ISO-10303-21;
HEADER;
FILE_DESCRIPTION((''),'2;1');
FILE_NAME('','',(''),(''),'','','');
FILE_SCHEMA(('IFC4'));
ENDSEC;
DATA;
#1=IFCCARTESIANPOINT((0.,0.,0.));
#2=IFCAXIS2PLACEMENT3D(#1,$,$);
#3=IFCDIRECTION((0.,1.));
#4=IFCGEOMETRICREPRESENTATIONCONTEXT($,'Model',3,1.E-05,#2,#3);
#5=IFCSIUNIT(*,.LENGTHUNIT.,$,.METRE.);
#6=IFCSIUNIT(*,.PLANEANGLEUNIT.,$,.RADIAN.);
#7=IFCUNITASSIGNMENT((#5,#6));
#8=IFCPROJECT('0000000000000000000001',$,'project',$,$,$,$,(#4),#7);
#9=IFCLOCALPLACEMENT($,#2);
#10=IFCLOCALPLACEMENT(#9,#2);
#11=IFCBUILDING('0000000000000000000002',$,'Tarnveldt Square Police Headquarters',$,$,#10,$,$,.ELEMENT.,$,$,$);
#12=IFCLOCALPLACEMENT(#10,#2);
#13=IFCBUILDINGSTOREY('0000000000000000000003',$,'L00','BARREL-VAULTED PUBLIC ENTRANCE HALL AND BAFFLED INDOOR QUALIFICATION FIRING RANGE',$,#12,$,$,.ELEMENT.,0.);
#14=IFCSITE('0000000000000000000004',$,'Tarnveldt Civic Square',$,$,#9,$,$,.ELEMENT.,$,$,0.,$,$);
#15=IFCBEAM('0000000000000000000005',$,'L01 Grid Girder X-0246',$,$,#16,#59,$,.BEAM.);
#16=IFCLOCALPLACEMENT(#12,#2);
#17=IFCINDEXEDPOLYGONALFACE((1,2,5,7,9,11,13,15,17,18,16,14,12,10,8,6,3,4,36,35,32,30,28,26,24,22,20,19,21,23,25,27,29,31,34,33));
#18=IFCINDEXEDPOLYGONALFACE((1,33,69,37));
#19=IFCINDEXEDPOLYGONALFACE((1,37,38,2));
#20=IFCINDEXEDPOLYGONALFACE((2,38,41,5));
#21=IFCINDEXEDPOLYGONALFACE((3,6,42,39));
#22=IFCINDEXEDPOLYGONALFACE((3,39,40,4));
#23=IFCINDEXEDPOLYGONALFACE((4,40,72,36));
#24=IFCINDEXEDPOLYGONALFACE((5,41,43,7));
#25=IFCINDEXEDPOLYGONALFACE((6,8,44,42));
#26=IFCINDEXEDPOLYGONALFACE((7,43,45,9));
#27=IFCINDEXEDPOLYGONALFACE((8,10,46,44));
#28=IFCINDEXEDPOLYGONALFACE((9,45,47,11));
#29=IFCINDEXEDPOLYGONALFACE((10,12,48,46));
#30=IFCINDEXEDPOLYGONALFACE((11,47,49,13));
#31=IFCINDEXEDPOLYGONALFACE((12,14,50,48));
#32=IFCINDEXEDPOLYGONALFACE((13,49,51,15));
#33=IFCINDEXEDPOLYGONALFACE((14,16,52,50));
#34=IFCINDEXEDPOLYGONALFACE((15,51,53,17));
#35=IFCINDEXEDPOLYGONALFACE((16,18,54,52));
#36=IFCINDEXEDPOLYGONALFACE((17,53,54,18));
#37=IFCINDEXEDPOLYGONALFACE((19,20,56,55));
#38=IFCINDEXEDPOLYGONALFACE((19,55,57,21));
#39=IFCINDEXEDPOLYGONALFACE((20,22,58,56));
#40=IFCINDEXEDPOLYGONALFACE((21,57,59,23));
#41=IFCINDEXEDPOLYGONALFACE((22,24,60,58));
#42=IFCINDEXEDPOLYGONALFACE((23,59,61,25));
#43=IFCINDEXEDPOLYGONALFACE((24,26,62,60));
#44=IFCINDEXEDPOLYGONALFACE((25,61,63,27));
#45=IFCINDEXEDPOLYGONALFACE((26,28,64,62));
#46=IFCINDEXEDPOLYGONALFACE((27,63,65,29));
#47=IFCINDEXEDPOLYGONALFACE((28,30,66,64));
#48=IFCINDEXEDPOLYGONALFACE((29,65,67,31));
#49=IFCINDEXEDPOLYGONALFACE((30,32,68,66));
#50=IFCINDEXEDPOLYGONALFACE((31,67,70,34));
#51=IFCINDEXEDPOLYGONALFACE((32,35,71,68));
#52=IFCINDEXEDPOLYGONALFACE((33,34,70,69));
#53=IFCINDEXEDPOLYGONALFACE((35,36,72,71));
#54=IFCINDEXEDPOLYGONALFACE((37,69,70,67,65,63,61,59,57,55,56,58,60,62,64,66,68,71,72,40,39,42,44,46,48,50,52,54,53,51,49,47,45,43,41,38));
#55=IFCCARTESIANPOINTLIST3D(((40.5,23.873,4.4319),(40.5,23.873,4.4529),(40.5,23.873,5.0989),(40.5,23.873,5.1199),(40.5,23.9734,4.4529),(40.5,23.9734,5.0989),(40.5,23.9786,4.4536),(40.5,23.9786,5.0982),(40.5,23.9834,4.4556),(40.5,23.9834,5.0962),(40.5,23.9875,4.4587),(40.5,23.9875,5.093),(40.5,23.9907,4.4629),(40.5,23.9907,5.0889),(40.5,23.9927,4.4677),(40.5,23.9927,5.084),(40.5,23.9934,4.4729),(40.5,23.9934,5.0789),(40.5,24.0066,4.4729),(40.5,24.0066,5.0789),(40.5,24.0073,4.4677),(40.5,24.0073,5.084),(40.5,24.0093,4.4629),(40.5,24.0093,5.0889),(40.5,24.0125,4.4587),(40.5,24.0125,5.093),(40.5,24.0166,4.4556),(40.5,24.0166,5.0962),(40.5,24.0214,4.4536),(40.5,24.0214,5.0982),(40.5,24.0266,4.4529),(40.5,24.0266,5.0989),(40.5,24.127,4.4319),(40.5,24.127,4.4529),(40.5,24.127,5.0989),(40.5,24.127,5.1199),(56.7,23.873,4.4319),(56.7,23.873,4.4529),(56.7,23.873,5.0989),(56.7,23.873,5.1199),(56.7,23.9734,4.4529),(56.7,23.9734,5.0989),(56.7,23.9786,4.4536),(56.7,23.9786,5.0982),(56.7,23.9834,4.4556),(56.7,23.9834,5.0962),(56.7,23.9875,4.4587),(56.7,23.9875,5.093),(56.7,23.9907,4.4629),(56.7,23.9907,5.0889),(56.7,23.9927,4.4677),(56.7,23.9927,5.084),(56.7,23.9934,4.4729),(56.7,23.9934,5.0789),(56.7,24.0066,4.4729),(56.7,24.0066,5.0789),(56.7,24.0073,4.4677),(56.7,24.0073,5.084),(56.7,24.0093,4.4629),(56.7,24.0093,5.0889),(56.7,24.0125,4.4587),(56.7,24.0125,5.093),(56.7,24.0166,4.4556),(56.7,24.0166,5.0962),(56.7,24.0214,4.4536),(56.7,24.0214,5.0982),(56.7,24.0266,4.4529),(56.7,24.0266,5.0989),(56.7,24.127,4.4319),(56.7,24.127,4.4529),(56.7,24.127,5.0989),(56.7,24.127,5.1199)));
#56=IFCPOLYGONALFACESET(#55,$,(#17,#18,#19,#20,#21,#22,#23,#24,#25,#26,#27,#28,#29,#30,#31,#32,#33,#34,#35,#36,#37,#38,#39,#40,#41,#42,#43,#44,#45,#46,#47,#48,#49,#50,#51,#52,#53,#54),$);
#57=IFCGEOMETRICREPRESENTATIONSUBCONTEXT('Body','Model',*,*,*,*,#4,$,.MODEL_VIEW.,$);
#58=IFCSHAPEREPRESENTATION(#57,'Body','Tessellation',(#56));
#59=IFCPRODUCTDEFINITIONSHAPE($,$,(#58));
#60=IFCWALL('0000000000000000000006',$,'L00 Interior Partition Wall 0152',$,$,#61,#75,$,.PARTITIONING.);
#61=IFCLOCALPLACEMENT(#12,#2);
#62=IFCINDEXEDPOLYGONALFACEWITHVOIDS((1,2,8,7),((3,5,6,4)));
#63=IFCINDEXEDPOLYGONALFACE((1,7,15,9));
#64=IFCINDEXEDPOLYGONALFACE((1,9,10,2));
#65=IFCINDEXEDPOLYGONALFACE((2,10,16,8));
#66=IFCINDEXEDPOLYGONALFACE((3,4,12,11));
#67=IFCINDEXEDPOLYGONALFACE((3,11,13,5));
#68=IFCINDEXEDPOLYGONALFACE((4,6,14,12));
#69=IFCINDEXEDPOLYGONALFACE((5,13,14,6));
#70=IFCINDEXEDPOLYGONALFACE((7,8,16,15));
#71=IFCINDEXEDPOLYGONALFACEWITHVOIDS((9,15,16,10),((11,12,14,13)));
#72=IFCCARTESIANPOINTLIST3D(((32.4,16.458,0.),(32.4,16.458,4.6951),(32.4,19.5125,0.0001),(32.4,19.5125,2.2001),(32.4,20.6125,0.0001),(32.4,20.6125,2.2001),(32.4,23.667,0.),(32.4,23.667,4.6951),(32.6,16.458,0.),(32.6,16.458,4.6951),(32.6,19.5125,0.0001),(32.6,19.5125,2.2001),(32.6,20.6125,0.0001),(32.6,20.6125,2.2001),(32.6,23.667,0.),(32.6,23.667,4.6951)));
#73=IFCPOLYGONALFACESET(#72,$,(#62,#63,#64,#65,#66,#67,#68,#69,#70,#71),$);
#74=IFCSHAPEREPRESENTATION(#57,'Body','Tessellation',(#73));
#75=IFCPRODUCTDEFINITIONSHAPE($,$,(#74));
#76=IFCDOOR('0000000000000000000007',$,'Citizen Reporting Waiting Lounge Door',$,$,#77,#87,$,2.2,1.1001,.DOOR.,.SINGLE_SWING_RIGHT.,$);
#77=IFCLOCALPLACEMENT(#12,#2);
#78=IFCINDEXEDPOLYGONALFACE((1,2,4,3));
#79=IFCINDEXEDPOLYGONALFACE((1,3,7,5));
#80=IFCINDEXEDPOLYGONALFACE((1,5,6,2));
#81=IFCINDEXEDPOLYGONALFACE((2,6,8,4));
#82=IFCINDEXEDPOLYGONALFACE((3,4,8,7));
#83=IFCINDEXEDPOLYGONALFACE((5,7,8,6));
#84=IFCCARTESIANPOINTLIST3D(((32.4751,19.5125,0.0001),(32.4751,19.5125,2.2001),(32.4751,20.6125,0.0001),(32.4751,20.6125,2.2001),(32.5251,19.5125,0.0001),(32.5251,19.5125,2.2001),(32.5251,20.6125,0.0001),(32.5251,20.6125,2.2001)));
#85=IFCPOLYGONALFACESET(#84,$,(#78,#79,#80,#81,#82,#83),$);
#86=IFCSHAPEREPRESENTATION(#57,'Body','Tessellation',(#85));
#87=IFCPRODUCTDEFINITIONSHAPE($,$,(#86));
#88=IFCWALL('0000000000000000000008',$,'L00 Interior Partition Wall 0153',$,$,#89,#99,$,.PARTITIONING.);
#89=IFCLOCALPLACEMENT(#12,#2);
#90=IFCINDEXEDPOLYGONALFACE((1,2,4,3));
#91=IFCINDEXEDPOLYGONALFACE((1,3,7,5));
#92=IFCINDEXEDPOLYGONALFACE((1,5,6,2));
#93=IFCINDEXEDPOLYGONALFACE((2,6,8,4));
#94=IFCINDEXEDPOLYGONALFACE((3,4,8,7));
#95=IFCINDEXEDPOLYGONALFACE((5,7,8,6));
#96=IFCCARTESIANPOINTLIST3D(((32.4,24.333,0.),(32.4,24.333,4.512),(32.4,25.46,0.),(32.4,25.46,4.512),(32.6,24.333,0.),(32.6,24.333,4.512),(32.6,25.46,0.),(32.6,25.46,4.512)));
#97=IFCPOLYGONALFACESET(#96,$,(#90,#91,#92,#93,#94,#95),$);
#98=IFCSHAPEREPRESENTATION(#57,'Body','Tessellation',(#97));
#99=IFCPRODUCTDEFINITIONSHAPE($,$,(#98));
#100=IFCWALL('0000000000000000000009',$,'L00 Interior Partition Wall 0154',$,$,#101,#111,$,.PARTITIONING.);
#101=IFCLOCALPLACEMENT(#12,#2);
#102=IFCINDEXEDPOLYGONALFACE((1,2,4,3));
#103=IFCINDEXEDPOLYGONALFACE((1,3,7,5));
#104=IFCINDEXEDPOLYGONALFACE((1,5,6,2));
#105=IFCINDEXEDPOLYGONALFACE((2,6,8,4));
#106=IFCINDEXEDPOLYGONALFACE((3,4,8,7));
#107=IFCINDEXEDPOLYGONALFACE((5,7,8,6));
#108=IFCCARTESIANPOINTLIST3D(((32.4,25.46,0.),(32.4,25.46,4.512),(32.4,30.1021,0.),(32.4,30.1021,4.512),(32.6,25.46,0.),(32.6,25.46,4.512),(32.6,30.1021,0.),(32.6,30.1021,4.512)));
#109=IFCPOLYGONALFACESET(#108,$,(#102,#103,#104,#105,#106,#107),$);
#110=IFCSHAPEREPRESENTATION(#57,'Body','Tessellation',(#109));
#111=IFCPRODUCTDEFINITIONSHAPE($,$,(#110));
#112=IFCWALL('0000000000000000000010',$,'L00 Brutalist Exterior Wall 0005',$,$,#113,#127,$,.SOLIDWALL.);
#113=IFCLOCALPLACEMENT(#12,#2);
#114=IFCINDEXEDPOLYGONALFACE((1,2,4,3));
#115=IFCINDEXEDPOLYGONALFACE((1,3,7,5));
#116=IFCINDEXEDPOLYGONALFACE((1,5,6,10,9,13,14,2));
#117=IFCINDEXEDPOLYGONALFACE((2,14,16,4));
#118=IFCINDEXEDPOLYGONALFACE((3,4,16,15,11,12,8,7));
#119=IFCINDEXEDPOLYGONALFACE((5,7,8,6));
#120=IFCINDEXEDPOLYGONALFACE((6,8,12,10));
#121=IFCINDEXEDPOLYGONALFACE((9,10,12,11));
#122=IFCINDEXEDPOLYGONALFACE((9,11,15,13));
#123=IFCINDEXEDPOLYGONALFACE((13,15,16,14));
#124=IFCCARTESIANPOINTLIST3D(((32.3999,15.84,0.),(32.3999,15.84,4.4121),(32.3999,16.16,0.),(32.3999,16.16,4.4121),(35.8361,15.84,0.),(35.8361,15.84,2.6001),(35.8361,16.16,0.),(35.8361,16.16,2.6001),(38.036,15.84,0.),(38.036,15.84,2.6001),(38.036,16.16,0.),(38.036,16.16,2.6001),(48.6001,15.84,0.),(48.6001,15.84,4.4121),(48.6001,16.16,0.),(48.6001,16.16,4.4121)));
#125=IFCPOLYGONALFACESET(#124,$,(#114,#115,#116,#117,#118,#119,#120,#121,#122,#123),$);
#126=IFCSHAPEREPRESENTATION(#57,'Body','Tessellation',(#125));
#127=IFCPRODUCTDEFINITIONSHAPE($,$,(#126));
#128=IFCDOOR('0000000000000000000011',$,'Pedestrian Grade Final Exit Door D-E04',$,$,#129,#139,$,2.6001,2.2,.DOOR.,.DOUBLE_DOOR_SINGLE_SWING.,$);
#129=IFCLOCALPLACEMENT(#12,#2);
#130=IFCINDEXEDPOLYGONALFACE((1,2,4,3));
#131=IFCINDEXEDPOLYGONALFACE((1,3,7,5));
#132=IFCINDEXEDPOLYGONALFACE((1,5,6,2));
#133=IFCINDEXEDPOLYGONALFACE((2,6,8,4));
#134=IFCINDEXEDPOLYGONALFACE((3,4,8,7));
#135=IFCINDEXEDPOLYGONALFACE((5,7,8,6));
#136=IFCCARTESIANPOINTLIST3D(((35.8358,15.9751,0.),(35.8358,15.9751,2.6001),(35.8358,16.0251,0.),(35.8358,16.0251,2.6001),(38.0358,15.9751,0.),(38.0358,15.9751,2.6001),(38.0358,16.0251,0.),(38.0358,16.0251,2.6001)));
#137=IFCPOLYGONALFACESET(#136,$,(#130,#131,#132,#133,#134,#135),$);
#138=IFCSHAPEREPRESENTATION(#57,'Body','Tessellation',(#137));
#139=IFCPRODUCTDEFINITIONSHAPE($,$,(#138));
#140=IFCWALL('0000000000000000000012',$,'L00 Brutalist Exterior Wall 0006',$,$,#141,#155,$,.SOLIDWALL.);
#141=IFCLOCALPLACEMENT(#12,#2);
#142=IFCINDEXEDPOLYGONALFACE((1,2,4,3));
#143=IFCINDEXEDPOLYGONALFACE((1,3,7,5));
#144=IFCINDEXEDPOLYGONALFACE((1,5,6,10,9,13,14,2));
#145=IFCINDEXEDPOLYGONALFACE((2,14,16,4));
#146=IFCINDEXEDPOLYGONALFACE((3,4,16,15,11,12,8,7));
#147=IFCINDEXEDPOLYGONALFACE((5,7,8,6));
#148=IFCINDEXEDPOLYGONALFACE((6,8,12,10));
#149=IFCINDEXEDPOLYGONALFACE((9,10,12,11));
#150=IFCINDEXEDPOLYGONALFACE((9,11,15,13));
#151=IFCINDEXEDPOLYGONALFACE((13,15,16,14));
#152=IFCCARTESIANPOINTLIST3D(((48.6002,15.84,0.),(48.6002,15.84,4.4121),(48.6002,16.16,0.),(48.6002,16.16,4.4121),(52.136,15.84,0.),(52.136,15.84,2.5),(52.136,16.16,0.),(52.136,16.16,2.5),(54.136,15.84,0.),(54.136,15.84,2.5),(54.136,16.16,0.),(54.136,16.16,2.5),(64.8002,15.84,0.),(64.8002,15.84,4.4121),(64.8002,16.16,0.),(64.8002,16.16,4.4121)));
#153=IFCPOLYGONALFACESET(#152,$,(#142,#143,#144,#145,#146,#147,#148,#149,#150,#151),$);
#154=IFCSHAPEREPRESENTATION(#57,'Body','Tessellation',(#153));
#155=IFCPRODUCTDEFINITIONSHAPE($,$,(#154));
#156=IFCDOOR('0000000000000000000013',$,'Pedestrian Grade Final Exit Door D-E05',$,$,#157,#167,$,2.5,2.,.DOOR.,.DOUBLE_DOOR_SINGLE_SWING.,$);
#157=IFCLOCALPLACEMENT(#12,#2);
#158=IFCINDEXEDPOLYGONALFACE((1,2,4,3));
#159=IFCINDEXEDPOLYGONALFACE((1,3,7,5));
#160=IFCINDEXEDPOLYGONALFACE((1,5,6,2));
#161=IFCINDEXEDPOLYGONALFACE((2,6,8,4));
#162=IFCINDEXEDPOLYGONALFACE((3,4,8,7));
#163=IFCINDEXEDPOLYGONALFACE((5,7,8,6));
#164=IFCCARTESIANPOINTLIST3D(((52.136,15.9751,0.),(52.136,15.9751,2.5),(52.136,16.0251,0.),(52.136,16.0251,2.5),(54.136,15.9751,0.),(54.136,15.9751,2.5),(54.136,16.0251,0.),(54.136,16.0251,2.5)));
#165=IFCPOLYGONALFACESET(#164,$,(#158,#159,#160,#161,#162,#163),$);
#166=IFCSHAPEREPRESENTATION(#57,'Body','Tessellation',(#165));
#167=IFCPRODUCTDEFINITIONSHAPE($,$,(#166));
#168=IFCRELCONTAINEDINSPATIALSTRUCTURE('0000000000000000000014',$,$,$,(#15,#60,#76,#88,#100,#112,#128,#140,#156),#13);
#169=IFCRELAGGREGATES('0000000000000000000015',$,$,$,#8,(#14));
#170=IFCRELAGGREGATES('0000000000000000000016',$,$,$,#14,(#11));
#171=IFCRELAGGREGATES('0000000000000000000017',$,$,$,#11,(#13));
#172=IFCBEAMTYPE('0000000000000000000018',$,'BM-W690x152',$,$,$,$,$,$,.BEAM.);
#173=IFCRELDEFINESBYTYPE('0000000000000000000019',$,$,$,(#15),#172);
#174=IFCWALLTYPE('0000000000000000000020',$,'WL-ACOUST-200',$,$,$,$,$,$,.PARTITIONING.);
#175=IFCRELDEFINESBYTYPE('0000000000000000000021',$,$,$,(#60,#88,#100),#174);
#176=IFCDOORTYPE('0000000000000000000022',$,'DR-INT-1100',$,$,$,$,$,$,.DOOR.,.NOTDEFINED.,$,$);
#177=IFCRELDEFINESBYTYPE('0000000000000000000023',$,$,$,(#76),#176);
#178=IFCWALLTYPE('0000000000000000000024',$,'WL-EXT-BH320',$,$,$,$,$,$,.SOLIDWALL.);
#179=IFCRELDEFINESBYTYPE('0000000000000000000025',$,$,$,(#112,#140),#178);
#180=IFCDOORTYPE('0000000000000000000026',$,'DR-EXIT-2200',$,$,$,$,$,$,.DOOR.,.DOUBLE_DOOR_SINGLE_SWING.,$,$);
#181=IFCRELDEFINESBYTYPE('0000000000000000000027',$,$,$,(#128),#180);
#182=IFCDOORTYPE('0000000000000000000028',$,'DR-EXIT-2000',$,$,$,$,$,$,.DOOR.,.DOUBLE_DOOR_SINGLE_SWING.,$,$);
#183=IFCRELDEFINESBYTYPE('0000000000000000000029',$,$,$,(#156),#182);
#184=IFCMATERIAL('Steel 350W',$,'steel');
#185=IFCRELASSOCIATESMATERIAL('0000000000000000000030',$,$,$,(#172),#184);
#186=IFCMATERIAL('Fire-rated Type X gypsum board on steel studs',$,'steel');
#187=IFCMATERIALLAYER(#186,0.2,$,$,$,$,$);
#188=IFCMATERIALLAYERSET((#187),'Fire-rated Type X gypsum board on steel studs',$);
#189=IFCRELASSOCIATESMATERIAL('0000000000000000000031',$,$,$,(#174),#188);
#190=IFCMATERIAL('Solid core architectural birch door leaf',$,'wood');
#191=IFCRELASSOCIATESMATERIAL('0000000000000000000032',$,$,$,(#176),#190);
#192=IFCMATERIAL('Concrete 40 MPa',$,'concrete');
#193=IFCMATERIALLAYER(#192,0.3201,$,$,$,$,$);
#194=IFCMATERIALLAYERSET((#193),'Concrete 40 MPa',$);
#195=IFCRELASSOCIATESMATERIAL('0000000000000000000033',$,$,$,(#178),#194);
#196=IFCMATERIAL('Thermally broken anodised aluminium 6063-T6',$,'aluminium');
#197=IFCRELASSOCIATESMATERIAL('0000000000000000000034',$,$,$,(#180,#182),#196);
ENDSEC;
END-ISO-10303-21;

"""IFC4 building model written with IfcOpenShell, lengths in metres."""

from ifc_helpers import new_model, si_unit, direction, frame, frame_2d, origin, origin_2d, place, context, subcontext, project, spatial, rectangle, i_section, extrude, material, layer, layer_set, material_profile, profile_set, type_object, element, fill, save


model = new_model("IFC4")

# Units and contexts
model_context = context("Model", 3, precision=1e-05, world=origin(), true_north=direction((0.0, 1.0)))
body_context = subcontext(model_context, "Body", "Model", "MODEL_VIEW")
ifc_project = project(units=[si_unit("LENGTHUNIT", "METRE"), si_unit("PLANEANGLEUNIT", "RADIAN")], contexts=[model_context])

# Site, building, storey
site_placement = place(None, origin())
site = spatial("IfcSite", under=ifc_project, at=site_placement, Name="Tarnveldt Civic Square", CompositionType="ELEMENT", RefElevation=0.0)
building_placement = place(site_placement, origin())
building = spatial("IfcBuilding", under=site, at=building_placement, Name="Tarnveldt Square Police Headquarters", CompositionType="ELEMENT")
storey_placement = place(building_placement, origin())
storey = spatial("IfcBuildingStorey", under=building, at=storey_placement, Name="L00", Description="BARREL-VAULTED PUBLIC ENTRANCE HALL AND BAFFLED INDOOR QUALIFICATION FIRING RANGE", CompositionType="ELEMENT", Elevation=0.0)

# Shared definitions
ifc_material_1 = material(Name="Concrete 40 MPa", Category="concrete")

# Beam
ifc_material_2 = material(Name="Steel 350W", Category="steel")
ifc_material_profile_1 = material_profile(ifc_material_2, i_section(OverallWidth=0.2539, OverallDepth=0.688, WebThickness=0.0132, FlangeThickness=0.021, FilletRadius=0.02, at=origin_2d()), Name="W690x152")
ifc_profile_set_1 = profile_set([ifc_material_profile_1], Name="Steel 350W")
beam_type_1 = type_object("IfcBeamType", Name="BM-W690x152", PredefinedType="BEAM", material=ifc_profile_set_1)
beam_1_placement = place(storey_placement, frame((40.5, 24.0, 4.7759), z_axis=(1.0, 0.0, 0.0), x_axis=(0.0, 1.0, 0.0)))
element("IfcBeam", 1, at=beam_1_placement, inside=storey, type_object=beam_type_1, Name="L01 Grid Girder X-0246", PredefinedType="BEAM", context=body_context, shape_type="SweptSolid", body=[
    extrude(i_section(OverallWidth=0.2539, OverallDepth=0.688, WebThickness=0.0132, FlangeThickness=0.021, FilletRadius=0.02, at=origin_2d()), origin(), (0.0, 0.0, 1.0), 16.2),
])

# Wall, opening, door
ifc_material_3 = material(Name="Fire-rated Type X gypsum board on steel studs", Category="steel")
ifc_layer_1 = layer(ifc_material_3, 0.2)
ifc_layer_set_1 = layer_set([ifc_layer_1], Name="Fire-rated Type X gypsum board on steel studs")
wall_type_1 = type_object("IfcWallType", Name="WL-ACOUST-200", PredefinedType="PARTITIONING", material=ifc_layer_set_1)
wall_1_placement = place(storey_placement, frame((32.5, 16.458, 0.0), z_axis=(0.0, 0.0, 1.0), x_axis=(0.0, 1.0, 0.0)))
wall_1 = element("IfcWall", 2, at=wall_1_placement, inside=storey, type_object=wall_type_1, Name="L00 Interior Partition Wall 0152", PredefinedType="PARTITIONING", context=body_context, shape_type="SweptSolid", body=[
    extrude(rectangle(XDim=7.209, YDim=0.2, at=frame_2d((3.6045, 0.0))), origin(), (0.0, 0.0, 1.0), 4.6951),
])
opening_1_placement = place(wall_1_placement, frame((3.0544, 0.0, 0.0)))
opening_1 = element("IfcOpeningElement", 3, at=opening_1_placement, cuts=wall_1, PredefinedType="OPENING", context=body_context, shape_type="SweptSolid", body=[
    extrude(rectangle(XDim=1.1001, YDim=2.2, at=frame_2d((0.55, 1.1001))), frame((0.0, 0.1099, 0.0), z_axis=(0.0, -1.0, 0.0), x_axis=(1.0, 0.0, 0.0)), (0.0, 0.0, 1.0), 0.22),
])
ifc_material_4 = material(Name="Solid core architectural birch door leaf", Category="wood")
door_type_1 = type_object("IfcDoorType", Name="DR-INT-1100", OperationType="NOTDEFINED", PredefinedType="DOOR", material=ifc_material_4)
door_1_placement = place(opening_1_placement, origin())
door_1 = element("IfcDoor", 4, at=door_1_placement, inside=storey, type_object=door_type_1, Name="Citizen Reporting Waiting Lounge Door", OperationType="SINGLE_SWING_RIGHT", OverallHeight=2.2, OverallWidth=1.1001, PredefinedType="DOOR", context=body_context, shape_type="SweptSolid", body=[
    extrude(rectangle(XDim=1.1001, YDim=2.2, at=frame_2d((0.55, 1.1001))), frame((0.0, 0.0249, 0.0), z_axis=(0.0, -1.0, 0.0), x_axis=(1.0, 0.0, 0.0)), (0.0, 0.0, 1.0), 0.05),
])
fill(opening_1, door_1)

# Walls
wall_2_placement = place(storey_placement, frame((32.5, 24.333, 0.0), z_axis=(0.0, 0.0, 1.0), x_axis=(0.0, 1.0, 0.0)))
element("IfcWall", 5, at=wall_2_placement, inside=storey, type_object=wall_type_1, Name="L00 Interior Partition Wall 0153", PredefinedType="PARTITIONING", context=body_context, shape_type="SweptSolid", body=[
    extrude(rectangle(XDim=1.127, YDim=0.2, at=frame_2d((0.5635, 0.0))), origin(), (0.0, 0.0, 1.0), 4.512),
])
wall_3_placement = place(storey_placement, frame((32.5, 25.46, 0.0), z_axis=(0.0, 0.0, 1.0), x_axis=(0.0, 1.0, 0.0)))
element("IfcWall", 6, at=wall_3_placement, inside=storey, type_object=wall_type_1, Name="L00 Interior Partition Wall 0154", PredefinedType="PARTITIONING", context=body_context, shape_type="SweptSolid", body=[
    extrude(rectangle(XDim=4.6421, YDim=0.2, at=frame_2d((2.321, 0.0))), origin(), (0.0, 0.0, 1.0), 4.512),
])

# Walls, openings, doors
ifc_layer_2 = layer(ifc_material_1, 0.3201)
ifc_layer_set_2 = layer_set([ifc_layer_2], Name="Concrete 40 MPa")
wall_type_2 = type_object("IfcWallType", Name="WL-EXT-BH320", PredefinedType="SOLIDWALL", material=ifc_layer_set_2)
wall_4_placement = place(storey_placement, frame((32.3999, 16.0, 0.0), z_axis=(0.0, 0.0, 1.0), x_axis=(1.0, 0.0, 0.0)))
wall_4 = element("IfcWall", 7, at=wall_4_placement, inside=storey, type_object=wall_type_2, Name="L00 Brutalist Exterior Wall 0005", PredefinedType="SOLIDWALL", context=body_context, shape_type="SweptSolid", body=[
    extrude(rectangle(XDim=16.2002, YDim=0.3201, at=frame_2d((8.1001, 0.0))), origin(), (0.0, 0.0, 1.0), 4.4121),
])
opening_2_placement = place(wall_4_placement, frame((3.436, 0.0, 0.0)))
opening_2 = element("IfcOpeningElement", 8, at=opening_2_placement, cuts=wall_4, PredefinedType="OPENING", context=body_context, shape_type="SweptSolid", body=[
    extrude(rectangle(XDim=2.2, YDim=2.6001, at=frame_2d((1.1001, 1.3))), frame((0.0, 0.1699, 0.0), z_axis=(0.0, -1.0, 0.0), x_axis=(1.0, 0.0, 0.0)), (0.0, 0.0, 1.0), 0.3401),
])
ifc_material_5 = material(Name="Thermally broken anodised aluminium 6063-T6", Category="aluminium")
door_type_2 = type_object("IfcDoorType", Name="DR-EXIT-2200", OperationType="DOUBLE_DOOR_SINGLE_SWING", PredefinedType="DOOR", material=ifc_material_5)
door_2_placement = place(opening_2_placement, frame((2.2, 0.0, 0.0), z_axis=(0.0, 0.0, 1.0), x_axis=(-1.0, 0.0, 0.0)))
door_2 = element("IfcDoor", 9, at=door_2_placement, inside=storey, type_object=door_type_2, Name="Pedestrian Grade Final Exit Door D-E04", OperationType="DOUBLE_DOOR_SINGLE_SWING", OverallHeight=2.6001, OverallWidth=2.2, PredefinedType="DOOR", context=body_context, shape_type="SweptSolid", body=[
    extrude(rectangle(XDim=2.2, YDim=2.6001, at=frame_2d((1.1001, 1.3))), frame((0.0, 0.0249, 0.0), z_axis=(0.0, -1.0, 0.0), x_axis=(1.0, 0.0, 0.0)), (0.0, 0.0, 1.0), 0.05),
])
fill(opening_2, door_2)
wall_5_placement = place(storey_placement, frame((48.6001, 16.0, 0.0), z_axis=(0.0, 0.0, 1.0), x_axis=(1.0, 0.0, 0.0)))
wall_5 = element("IfcWall", 10, at=wall_5_placement, inside=storey, type_object=wall_type_2, Name="L00 Brutalist Exterior Wall 0006", PredefinedType="SOLIDWALL", context=body_context, shape_type="SweptSolid", body=[
    extrude(rectangle(XDim=16.2, YDim=0.3201, at=frame_2d((8.1001, 0.0))), origin(), (0.0, 0.0, 1.0), 4.4121),
])
opening_3_placement = place(wall_5_placement, frame((3.5359, 0.0, 0.0)))
opening_3 = element("IfcOpeningElement", 11, at=opening_3_placement, cuts=wall_5, PredefinedType="OPENING", context=body_context, shape_type="SweptSolid", body=[
    extrude(rectangle(XDim=2.0, YDim=2.5, at=frame_2d((1.0, 1.25))), frame((0.0, 0.1699, 0.0), z_axis=(0.0, -1.0, 0.0), x_axis=(1.0, 0.0, 0.0)), (0.0, 0.0, 1.0), 0.3401),
])
door_type_3 = type_object("IfcDoorType", Name="DR-EXIT-2000", OperationType="DOUBLE_DOOR_SINGLE_SWING", PredefinedType="DOOR", material=ifc_material_5)
door_3_placement = place(opening_3_placement, frame((2.0, 0.0, 0.0), z_axis=(0.0, 0.0, 1.0), x_axis=(-1.0, 0.0, 0.0)))
door_3 = element("IfcDoor", 12, at=door_3_placement, inside=storey, type_object=door_type_3, Name="Pedestrian Grade Final Exit Door D-E05", OperationType="DOUBLE_DOOR_SINGLE_SWING", OverallHeight=2.5, OverallWidth=2.0, PredefinedType="DOOR", context=body_context, shape_type="SweptSolid", body=[
    extrude(rectangle(XDim=2.0, YDim=2.5, at=frame_2d((1.0, 1.25))), frame((0.0, 0.0249, 0.0), z_axis=(0.0, -1.0, 0.0), x_axis=(1.0, 0.0, 0.0)), (0.0, 0.0, 1.0), 0.05),
])
fill(opening_3, door_3)

save(model, "model.ifc")
